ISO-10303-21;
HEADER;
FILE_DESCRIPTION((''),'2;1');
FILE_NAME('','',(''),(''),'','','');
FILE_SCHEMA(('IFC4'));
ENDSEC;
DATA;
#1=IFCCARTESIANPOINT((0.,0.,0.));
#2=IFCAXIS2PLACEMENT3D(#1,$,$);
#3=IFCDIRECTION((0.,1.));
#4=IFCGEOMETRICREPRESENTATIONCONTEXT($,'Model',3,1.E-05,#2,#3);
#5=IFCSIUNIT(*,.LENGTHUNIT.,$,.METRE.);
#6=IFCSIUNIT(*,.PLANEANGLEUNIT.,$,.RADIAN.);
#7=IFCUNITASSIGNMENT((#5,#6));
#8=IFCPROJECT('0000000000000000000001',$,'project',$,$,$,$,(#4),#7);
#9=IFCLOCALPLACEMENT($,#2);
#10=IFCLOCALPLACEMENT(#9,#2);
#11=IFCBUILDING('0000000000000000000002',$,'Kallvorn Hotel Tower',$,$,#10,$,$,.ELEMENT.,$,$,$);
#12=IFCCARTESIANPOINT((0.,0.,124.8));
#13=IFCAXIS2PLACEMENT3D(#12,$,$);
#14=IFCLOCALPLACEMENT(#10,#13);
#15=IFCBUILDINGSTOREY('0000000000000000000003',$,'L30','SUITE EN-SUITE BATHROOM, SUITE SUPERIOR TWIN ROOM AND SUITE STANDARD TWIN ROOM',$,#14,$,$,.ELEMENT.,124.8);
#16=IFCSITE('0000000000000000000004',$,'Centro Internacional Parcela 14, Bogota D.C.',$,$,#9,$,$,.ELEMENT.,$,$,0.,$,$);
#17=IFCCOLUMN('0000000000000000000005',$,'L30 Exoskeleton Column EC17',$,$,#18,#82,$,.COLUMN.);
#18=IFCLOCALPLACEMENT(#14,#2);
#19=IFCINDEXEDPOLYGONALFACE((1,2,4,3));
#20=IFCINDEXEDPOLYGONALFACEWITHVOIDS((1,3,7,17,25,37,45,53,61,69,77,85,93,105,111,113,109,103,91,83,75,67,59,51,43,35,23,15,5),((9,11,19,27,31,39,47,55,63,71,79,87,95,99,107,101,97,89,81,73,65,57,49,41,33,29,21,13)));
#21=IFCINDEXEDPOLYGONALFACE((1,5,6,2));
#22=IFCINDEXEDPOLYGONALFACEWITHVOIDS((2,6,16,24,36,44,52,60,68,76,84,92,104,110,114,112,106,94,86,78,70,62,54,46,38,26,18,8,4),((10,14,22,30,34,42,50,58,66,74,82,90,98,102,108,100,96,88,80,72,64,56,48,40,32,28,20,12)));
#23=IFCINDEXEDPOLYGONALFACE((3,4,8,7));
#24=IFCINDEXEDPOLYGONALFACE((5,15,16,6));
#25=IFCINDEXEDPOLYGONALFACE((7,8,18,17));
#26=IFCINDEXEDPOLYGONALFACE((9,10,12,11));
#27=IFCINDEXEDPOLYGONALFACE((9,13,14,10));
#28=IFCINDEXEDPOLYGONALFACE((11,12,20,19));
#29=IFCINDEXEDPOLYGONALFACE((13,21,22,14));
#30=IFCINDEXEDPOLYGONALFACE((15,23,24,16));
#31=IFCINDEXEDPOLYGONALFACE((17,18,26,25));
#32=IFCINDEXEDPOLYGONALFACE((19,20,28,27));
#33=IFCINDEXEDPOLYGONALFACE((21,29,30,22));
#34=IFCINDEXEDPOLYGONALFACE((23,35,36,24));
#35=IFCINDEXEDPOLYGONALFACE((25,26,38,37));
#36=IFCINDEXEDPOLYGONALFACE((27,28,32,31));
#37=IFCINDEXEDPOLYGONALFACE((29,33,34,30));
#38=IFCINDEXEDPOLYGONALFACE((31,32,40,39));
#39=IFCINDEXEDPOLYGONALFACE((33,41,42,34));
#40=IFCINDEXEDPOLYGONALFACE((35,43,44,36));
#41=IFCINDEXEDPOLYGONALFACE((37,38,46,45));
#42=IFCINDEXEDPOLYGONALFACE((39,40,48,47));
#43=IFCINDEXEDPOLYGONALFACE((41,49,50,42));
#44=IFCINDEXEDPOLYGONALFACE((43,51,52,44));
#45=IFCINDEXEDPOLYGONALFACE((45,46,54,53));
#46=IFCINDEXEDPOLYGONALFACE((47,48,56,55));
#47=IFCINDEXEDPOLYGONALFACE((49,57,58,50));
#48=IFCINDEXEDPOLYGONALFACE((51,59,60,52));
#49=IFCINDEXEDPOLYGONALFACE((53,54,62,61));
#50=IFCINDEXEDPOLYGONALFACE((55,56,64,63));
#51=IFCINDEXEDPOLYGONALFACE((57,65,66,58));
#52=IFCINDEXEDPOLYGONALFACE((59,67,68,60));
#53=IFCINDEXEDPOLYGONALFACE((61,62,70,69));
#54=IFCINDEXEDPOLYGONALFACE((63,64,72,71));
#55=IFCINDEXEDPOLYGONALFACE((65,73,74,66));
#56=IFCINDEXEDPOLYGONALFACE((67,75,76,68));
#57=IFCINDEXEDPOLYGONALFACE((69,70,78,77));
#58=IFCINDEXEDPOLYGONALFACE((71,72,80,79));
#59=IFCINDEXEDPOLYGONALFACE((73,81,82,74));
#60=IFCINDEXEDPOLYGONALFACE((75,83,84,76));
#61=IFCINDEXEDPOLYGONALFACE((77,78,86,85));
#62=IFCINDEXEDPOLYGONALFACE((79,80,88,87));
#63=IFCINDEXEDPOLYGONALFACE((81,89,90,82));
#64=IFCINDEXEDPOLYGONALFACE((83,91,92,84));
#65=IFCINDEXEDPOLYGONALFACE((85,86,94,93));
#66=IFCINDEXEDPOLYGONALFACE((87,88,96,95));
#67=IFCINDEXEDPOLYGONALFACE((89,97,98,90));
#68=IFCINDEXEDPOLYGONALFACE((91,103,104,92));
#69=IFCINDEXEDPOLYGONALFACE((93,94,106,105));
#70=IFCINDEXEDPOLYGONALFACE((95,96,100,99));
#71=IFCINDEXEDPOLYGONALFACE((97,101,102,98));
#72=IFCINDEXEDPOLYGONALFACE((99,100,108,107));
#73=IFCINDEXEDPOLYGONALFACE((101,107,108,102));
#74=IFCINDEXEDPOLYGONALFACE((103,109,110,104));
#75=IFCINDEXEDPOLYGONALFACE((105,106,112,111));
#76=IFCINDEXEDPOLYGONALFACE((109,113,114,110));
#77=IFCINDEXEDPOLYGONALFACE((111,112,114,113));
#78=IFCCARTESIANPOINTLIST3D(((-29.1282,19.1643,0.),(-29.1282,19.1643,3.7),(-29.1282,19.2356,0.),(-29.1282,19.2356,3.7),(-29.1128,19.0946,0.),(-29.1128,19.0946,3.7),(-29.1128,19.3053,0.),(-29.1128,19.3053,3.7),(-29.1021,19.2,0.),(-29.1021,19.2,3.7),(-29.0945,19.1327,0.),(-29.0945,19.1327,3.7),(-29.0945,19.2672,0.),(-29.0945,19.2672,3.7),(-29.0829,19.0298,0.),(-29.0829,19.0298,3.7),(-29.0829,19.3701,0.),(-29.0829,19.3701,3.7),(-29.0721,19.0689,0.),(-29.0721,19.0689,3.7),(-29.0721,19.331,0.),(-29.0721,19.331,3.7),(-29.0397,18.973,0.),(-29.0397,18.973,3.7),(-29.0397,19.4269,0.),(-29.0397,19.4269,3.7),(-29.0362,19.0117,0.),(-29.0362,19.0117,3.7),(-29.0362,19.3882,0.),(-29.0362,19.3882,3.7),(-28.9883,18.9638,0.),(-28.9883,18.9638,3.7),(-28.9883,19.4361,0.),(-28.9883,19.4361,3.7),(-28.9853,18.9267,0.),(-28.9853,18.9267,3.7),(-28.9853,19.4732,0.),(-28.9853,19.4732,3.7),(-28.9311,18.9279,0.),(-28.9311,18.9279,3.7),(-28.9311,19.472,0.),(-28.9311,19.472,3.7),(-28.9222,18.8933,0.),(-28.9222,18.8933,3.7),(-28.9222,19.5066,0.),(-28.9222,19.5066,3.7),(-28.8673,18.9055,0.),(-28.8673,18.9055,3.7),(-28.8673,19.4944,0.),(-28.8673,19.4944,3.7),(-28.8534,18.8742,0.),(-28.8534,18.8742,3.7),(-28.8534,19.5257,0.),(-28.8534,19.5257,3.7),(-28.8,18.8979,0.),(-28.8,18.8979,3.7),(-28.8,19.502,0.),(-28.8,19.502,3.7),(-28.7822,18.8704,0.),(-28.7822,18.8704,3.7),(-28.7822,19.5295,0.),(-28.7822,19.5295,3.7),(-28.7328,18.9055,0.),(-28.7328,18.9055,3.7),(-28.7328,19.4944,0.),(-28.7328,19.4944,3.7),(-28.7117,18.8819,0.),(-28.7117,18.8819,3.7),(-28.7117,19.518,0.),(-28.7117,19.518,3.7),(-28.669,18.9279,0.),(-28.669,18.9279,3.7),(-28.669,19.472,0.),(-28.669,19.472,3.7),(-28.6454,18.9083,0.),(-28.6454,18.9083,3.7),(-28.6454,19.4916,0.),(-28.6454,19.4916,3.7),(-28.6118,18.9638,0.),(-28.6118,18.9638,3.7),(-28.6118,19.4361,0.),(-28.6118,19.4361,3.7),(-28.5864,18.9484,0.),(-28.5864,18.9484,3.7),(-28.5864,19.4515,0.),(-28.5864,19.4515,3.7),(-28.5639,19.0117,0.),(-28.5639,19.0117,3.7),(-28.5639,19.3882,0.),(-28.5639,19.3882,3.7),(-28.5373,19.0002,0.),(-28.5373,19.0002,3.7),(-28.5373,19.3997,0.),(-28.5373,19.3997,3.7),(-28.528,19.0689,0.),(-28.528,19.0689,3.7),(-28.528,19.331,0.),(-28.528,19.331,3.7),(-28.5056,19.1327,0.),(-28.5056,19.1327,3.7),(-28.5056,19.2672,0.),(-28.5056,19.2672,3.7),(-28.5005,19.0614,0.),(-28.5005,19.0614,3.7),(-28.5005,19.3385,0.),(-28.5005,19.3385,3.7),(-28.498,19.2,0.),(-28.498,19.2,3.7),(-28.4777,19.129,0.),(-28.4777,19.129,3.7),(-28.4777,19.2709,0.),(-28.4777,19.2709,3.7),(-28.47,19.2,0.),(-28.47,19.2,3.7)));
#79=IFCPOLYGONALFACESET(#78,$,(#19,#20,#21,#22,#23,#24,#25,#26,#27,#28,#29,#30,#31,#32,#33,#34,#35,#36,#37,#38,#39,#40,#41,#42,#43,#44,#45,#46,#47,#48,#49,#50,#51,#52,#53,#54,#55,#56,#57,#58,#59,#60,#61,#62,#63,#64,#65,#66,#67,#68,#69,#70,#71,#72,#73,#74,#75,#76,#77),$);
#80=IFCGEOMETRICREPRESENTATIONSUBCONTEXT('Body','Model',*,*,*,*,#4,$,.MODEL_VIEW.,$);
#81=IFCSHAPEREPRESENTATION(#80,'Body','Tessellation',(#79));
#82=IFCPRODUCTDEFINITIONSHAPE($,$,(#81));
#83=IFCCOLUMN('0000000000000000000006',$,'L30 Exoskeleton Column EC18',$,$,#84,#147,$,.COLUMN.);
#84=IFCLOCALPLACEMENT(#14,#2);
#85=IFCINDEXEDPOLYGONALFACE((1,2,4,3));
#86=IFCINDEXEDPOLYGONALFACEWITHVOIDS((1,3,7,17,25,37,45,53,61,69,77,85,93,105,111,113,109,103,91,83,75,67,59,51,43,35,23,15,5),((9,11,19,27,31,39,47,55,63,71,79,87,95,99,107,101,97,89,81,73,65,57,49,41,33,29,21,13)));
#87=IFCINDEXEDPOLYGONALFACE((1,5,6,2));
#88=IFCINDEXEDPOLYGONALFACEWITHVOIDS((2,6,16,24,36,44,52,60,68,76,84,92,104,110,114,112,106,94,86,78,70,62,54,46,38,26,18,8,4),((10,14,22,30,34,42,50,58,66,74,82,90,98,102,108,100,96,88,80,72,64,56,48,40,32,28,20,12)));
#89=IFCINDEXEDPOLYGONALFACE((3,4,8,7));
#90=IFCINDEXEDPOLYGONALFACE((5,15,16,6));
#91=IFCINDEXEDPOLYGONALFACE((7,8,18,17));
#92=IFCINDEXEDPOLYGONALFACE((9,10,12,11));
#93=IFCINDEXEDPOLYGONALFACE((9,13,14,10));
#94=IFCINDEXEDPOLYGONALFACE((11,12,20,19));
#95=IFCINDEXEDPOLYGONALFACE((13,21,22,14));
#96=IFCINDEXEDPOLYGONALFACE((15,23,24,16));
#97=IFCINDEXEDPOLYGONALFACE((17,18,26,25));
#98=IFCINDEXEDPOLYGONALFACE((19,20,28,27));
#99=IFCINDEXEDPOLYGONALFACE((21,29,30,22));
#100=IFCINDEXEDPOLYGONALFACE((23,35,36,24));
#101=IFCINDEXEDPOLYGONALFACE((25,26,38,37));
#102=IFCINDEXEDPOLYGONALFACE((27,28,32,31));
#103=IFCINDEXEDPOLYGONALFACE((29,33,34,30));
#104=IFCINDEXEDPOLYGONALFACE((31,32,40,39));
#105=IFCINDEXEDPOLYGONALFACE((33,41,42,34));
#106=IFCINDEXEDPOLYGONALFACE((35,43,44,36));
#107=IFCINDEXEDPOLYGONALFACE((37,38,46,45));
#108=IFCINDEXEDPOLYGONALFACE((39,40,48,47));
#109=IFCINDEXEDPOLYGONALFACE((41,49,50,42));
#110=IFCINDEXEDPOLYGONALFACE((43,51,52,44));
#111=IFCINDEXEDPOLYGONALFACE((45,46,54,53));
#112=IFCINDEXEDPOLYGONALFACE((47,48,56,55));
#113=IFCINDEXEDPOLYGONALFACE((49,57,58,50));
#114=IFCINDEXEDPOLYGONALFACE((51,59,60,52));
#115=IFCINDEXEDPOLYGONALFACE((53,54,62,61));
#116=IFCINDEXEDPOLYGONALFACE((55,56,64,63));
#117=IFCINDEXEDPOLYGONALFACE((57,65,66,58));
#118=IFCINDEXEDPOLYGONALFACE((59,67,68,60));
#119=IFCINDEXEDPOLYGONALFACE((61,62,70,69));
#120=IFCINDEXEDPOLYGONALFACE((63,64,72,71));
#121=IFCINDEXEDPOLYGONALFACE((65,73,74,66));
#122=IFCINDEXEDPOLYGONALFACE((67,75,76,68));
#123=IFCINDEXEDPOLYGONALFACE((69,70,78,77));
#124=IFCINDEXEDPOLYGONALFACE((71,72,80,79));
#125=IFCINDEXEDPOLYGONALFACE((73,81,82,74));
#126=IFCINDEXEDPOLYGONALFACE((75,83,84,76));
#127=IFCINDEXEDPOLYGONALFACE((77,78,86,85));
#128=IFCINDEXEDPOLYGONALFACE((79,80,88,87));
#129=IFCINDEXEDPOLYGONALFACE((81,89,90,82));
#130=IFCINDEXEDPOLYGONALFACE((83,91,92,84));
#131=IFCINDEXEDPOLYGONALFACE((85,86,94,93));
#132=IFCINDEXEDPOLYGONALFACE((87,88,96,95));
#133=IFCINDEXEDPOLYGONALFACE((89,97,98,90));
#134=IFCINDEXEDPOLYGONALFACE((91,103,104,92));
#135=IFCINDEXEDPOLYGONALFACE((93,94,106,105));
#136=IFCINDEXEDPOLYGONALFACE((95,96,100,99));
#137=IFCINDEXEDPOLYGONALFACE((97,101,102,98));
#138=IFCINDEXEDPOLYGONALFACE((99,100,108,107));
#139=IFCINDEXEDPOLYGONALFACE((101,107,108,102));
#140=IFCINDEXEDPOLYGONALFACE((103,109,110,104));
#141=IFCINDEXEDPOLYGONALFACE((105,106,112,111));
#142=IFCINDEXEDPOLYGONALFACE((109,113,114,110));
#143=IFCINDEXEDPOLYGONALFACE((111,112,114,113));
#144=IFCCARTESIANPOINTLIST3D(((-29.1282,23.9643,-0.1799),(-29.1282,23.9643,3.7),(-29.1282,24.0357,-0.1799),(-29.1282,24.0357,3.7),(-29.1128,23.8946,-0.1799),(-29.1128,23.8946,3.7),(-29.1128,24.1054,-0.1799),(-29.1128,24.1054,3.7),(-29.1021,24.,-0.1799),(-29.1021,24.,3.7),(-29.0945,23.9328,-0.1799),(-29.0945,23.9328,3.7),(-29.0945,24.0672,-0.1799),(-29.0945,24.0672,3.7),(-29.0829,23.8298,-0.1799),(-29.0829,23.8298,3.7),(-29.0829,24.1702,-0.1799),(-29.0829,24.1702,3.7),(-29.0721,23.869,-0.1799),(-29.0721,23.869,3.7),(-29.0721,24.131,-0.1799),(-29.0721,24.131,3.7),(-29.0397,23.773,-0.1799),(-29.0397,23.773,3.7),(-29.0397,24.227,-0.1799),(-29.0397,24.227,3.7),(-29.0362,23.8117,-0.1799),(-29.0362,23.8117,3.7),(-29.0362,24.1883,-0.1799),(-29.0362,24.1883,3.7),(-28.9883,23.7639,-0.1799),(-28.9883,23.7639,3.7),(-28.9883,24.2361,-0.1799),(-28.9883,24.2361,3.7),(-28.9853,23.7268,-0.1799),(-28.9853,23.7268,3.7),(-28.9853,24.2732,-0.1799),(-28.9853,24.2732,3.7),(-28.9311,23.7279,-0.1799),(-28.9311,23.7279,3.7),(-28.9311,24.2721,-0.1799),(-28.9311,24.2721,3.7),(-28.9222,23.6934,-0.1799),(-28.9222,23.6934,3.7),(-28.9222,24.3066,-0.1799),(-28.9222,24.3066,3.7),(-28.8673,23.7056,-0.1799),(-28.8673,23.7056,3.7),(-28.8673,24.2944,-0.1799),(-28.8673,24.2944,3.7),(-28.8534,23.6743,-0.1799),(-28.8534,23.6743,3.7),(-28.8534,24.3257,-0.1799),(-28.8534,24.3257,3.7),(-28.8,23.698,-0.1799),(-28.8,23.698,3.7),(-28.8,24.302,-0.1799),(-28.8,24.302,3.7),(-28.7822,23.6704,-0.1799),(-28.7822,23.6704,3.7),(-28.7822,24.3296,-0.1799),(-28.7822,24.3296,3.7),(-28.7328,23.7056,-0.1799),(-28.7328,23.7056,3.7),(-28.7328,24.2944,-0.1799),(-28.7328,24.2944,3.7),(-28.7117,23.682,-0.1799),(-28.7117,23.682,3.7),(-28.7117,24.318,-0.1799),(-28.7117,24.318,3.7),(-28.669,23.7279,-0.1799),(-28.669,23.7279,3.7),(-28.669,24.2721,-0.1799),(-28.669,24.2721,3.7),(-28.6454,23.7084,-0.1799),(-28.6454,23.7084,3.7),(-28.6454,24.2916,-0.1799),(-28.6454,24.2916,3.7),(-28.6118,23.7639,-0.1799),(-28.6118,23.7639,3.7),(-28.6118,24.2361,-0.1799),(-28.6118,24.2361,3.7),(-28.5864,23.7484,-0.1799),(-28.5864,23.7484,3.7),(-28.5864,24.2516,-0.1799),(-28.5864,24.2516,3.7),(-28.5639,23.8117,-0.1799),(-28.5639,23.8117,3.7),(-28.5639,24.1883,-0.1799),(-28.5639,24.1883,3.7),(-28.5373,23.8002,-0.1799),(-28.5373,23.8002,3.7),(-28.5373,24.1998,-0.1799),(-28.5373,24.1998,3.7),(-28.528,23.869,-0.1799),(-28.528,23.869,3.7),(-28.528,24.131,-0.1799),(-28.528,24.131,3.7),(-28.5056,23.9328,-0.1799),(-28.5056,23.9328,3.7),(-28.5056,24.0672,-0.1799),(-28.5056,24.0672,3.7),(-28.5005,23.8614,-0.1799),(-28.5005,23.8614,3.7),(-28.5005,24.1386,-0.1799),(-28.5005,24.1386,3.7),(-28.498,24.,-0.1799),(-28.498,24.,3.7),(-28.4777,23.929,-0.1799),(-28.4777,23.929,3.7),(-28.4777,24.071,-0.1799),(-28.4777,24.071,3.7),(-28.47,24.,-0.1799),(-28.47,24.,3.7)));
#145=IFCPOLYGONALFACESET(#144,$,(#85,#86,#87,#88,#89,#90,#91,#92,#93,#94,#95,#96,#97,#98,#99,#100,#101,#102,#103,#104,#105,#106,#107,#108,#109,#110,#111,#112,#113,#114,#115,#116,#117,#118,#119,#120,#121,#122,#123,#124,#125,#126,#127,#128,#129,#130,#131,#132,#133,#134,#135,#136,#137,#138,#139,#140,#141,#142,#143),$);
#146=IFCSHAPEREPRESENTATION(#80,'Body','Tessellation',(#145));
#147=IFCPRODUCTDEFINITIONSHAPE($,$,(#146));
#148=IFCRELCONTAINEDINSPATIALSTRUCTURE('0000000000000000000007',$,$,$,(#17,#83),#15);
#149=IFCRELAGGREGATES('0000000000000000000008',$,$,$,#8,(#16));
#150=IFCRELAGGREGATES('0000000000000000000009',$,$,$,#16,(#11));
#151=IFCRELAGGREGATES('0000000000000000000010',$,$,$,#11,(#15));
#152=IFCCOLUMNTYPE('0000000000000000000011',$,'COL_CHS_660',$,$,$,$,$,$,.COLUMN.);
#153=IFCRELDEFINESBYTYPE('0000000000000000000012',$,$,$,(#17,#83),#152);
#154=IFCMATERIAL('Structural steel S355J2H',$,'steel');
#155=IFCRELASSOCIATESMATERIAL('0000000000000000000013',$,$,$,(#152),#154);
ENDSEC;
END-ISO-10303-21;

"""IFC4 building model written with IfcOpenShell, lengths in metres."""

from ifc_helpers import new_model, si_unit, direction, frame, origin, origin_2d, place, context, subcontext, project, spatial, hollow_circle, extrude, material, material_profile, profile_set, type_object, element, save


model = new_model("IFC4")

# Units and contexts
model_context = context("Model", 3, precision=1e-05, world=origin(), true_north=direction((0.0, 1.0)))
body_context = subcontext(model_context, "Body", "Model", "MODEL_VIEW")
ifc_project = project(units=[si_unit("LENGTHUNIT", "METRE"), si_unit("PLANEANGLEUNIT", "RADIAN")], contexts=[model_context])

# Site, building, storey
site_placement = place(None, origin())
site = spatial("IfcSite", under=ifc_project, at=site_placement, Name="Centro Internacional Parcela 14, Bogota D.C.", CompositionType="ELEMENT", RefElevation=0.0)
building_placement = place(site_placement, origin())
building = spatial("IfcBuilding", under=site, at=building_placement, Name="Kallvorn Hotel Tower", CompositionType="ELEMENT")
storey_placement = place(building_placement, frame((0.0, 0.0, 124.8)))
storey = spatial("IfcBuildingStorey", under=building, at=storey_placement, Name="L30", Description="SUITE EN-SUITE BATHROOM, SUITE SUPERIOR TWIN ROOM AND SUITE STANDARD TWIN ROOM", CompositionType="ELEMENT", Elevation=124.8)

# Columns
ifc_material_1 = material(Name="Structural steel S355J2H", Category="steel")
ifc_material_profile_1 = material_profile(ifc_material_1, hollow_circle(Radius=0.3301, WallThickness=0.0281, at=origin_2d()), Name="CHS 660x28")
ifc_profile_set_1 = profile_set([ifc_material_profile_1], Name="Structural steel S355J2H")
column_type_1 = type_object("IfcColumnType", Name="COL_CHS_660", PredefinedType="COLUMN", material=ifc_profile_set_1)
for number, where, z_axis, x_axis, name in (
    (1, (-28.8, 19.2, 0.0), (0.0, 0.0, 1.0), (1.0, 0.0, 0.0), "L30 Exoskeleton Column EC17"),
):
    element("IfcColumn", number, at=place(storey_placement, frame(where, z_axis=z_axis, x_axis=x_axis)), inside=storey, type_object=column_type_1, Name=name, PredefinedType="COLUMN", context=body_context, shape_type="SweptSolid", body=[
        extrude(hollow_circle(Radius=0.3301, WallThickness=0.0281, at=origin_2d()), origin(), (0.0, 0.0, 1.0), 3.7),
    ])
column_1_placement = place(storey_placement, frame((-28.8, 24.0, -0.1799), z_axis=(0.0, 0.0, 1.0), x_axis=(1.0, 0.0, 0.0)))
element("IfcColumn", 2, at=column_1_placement, inside=storey, type_object=column_type_1, Name="L30 Exoskeleton Column EC18", PredefinedType="COLUMN", context=body_context, shape_type="SweptSolid", body=[
    extrude(hollow_circle(Radius=0.3301, WallThickness=0.0281, at=origin_2d()), origin(), (0.0, 0.0, 1.0), 3.8799),
])

save(model, "model.ifc")
